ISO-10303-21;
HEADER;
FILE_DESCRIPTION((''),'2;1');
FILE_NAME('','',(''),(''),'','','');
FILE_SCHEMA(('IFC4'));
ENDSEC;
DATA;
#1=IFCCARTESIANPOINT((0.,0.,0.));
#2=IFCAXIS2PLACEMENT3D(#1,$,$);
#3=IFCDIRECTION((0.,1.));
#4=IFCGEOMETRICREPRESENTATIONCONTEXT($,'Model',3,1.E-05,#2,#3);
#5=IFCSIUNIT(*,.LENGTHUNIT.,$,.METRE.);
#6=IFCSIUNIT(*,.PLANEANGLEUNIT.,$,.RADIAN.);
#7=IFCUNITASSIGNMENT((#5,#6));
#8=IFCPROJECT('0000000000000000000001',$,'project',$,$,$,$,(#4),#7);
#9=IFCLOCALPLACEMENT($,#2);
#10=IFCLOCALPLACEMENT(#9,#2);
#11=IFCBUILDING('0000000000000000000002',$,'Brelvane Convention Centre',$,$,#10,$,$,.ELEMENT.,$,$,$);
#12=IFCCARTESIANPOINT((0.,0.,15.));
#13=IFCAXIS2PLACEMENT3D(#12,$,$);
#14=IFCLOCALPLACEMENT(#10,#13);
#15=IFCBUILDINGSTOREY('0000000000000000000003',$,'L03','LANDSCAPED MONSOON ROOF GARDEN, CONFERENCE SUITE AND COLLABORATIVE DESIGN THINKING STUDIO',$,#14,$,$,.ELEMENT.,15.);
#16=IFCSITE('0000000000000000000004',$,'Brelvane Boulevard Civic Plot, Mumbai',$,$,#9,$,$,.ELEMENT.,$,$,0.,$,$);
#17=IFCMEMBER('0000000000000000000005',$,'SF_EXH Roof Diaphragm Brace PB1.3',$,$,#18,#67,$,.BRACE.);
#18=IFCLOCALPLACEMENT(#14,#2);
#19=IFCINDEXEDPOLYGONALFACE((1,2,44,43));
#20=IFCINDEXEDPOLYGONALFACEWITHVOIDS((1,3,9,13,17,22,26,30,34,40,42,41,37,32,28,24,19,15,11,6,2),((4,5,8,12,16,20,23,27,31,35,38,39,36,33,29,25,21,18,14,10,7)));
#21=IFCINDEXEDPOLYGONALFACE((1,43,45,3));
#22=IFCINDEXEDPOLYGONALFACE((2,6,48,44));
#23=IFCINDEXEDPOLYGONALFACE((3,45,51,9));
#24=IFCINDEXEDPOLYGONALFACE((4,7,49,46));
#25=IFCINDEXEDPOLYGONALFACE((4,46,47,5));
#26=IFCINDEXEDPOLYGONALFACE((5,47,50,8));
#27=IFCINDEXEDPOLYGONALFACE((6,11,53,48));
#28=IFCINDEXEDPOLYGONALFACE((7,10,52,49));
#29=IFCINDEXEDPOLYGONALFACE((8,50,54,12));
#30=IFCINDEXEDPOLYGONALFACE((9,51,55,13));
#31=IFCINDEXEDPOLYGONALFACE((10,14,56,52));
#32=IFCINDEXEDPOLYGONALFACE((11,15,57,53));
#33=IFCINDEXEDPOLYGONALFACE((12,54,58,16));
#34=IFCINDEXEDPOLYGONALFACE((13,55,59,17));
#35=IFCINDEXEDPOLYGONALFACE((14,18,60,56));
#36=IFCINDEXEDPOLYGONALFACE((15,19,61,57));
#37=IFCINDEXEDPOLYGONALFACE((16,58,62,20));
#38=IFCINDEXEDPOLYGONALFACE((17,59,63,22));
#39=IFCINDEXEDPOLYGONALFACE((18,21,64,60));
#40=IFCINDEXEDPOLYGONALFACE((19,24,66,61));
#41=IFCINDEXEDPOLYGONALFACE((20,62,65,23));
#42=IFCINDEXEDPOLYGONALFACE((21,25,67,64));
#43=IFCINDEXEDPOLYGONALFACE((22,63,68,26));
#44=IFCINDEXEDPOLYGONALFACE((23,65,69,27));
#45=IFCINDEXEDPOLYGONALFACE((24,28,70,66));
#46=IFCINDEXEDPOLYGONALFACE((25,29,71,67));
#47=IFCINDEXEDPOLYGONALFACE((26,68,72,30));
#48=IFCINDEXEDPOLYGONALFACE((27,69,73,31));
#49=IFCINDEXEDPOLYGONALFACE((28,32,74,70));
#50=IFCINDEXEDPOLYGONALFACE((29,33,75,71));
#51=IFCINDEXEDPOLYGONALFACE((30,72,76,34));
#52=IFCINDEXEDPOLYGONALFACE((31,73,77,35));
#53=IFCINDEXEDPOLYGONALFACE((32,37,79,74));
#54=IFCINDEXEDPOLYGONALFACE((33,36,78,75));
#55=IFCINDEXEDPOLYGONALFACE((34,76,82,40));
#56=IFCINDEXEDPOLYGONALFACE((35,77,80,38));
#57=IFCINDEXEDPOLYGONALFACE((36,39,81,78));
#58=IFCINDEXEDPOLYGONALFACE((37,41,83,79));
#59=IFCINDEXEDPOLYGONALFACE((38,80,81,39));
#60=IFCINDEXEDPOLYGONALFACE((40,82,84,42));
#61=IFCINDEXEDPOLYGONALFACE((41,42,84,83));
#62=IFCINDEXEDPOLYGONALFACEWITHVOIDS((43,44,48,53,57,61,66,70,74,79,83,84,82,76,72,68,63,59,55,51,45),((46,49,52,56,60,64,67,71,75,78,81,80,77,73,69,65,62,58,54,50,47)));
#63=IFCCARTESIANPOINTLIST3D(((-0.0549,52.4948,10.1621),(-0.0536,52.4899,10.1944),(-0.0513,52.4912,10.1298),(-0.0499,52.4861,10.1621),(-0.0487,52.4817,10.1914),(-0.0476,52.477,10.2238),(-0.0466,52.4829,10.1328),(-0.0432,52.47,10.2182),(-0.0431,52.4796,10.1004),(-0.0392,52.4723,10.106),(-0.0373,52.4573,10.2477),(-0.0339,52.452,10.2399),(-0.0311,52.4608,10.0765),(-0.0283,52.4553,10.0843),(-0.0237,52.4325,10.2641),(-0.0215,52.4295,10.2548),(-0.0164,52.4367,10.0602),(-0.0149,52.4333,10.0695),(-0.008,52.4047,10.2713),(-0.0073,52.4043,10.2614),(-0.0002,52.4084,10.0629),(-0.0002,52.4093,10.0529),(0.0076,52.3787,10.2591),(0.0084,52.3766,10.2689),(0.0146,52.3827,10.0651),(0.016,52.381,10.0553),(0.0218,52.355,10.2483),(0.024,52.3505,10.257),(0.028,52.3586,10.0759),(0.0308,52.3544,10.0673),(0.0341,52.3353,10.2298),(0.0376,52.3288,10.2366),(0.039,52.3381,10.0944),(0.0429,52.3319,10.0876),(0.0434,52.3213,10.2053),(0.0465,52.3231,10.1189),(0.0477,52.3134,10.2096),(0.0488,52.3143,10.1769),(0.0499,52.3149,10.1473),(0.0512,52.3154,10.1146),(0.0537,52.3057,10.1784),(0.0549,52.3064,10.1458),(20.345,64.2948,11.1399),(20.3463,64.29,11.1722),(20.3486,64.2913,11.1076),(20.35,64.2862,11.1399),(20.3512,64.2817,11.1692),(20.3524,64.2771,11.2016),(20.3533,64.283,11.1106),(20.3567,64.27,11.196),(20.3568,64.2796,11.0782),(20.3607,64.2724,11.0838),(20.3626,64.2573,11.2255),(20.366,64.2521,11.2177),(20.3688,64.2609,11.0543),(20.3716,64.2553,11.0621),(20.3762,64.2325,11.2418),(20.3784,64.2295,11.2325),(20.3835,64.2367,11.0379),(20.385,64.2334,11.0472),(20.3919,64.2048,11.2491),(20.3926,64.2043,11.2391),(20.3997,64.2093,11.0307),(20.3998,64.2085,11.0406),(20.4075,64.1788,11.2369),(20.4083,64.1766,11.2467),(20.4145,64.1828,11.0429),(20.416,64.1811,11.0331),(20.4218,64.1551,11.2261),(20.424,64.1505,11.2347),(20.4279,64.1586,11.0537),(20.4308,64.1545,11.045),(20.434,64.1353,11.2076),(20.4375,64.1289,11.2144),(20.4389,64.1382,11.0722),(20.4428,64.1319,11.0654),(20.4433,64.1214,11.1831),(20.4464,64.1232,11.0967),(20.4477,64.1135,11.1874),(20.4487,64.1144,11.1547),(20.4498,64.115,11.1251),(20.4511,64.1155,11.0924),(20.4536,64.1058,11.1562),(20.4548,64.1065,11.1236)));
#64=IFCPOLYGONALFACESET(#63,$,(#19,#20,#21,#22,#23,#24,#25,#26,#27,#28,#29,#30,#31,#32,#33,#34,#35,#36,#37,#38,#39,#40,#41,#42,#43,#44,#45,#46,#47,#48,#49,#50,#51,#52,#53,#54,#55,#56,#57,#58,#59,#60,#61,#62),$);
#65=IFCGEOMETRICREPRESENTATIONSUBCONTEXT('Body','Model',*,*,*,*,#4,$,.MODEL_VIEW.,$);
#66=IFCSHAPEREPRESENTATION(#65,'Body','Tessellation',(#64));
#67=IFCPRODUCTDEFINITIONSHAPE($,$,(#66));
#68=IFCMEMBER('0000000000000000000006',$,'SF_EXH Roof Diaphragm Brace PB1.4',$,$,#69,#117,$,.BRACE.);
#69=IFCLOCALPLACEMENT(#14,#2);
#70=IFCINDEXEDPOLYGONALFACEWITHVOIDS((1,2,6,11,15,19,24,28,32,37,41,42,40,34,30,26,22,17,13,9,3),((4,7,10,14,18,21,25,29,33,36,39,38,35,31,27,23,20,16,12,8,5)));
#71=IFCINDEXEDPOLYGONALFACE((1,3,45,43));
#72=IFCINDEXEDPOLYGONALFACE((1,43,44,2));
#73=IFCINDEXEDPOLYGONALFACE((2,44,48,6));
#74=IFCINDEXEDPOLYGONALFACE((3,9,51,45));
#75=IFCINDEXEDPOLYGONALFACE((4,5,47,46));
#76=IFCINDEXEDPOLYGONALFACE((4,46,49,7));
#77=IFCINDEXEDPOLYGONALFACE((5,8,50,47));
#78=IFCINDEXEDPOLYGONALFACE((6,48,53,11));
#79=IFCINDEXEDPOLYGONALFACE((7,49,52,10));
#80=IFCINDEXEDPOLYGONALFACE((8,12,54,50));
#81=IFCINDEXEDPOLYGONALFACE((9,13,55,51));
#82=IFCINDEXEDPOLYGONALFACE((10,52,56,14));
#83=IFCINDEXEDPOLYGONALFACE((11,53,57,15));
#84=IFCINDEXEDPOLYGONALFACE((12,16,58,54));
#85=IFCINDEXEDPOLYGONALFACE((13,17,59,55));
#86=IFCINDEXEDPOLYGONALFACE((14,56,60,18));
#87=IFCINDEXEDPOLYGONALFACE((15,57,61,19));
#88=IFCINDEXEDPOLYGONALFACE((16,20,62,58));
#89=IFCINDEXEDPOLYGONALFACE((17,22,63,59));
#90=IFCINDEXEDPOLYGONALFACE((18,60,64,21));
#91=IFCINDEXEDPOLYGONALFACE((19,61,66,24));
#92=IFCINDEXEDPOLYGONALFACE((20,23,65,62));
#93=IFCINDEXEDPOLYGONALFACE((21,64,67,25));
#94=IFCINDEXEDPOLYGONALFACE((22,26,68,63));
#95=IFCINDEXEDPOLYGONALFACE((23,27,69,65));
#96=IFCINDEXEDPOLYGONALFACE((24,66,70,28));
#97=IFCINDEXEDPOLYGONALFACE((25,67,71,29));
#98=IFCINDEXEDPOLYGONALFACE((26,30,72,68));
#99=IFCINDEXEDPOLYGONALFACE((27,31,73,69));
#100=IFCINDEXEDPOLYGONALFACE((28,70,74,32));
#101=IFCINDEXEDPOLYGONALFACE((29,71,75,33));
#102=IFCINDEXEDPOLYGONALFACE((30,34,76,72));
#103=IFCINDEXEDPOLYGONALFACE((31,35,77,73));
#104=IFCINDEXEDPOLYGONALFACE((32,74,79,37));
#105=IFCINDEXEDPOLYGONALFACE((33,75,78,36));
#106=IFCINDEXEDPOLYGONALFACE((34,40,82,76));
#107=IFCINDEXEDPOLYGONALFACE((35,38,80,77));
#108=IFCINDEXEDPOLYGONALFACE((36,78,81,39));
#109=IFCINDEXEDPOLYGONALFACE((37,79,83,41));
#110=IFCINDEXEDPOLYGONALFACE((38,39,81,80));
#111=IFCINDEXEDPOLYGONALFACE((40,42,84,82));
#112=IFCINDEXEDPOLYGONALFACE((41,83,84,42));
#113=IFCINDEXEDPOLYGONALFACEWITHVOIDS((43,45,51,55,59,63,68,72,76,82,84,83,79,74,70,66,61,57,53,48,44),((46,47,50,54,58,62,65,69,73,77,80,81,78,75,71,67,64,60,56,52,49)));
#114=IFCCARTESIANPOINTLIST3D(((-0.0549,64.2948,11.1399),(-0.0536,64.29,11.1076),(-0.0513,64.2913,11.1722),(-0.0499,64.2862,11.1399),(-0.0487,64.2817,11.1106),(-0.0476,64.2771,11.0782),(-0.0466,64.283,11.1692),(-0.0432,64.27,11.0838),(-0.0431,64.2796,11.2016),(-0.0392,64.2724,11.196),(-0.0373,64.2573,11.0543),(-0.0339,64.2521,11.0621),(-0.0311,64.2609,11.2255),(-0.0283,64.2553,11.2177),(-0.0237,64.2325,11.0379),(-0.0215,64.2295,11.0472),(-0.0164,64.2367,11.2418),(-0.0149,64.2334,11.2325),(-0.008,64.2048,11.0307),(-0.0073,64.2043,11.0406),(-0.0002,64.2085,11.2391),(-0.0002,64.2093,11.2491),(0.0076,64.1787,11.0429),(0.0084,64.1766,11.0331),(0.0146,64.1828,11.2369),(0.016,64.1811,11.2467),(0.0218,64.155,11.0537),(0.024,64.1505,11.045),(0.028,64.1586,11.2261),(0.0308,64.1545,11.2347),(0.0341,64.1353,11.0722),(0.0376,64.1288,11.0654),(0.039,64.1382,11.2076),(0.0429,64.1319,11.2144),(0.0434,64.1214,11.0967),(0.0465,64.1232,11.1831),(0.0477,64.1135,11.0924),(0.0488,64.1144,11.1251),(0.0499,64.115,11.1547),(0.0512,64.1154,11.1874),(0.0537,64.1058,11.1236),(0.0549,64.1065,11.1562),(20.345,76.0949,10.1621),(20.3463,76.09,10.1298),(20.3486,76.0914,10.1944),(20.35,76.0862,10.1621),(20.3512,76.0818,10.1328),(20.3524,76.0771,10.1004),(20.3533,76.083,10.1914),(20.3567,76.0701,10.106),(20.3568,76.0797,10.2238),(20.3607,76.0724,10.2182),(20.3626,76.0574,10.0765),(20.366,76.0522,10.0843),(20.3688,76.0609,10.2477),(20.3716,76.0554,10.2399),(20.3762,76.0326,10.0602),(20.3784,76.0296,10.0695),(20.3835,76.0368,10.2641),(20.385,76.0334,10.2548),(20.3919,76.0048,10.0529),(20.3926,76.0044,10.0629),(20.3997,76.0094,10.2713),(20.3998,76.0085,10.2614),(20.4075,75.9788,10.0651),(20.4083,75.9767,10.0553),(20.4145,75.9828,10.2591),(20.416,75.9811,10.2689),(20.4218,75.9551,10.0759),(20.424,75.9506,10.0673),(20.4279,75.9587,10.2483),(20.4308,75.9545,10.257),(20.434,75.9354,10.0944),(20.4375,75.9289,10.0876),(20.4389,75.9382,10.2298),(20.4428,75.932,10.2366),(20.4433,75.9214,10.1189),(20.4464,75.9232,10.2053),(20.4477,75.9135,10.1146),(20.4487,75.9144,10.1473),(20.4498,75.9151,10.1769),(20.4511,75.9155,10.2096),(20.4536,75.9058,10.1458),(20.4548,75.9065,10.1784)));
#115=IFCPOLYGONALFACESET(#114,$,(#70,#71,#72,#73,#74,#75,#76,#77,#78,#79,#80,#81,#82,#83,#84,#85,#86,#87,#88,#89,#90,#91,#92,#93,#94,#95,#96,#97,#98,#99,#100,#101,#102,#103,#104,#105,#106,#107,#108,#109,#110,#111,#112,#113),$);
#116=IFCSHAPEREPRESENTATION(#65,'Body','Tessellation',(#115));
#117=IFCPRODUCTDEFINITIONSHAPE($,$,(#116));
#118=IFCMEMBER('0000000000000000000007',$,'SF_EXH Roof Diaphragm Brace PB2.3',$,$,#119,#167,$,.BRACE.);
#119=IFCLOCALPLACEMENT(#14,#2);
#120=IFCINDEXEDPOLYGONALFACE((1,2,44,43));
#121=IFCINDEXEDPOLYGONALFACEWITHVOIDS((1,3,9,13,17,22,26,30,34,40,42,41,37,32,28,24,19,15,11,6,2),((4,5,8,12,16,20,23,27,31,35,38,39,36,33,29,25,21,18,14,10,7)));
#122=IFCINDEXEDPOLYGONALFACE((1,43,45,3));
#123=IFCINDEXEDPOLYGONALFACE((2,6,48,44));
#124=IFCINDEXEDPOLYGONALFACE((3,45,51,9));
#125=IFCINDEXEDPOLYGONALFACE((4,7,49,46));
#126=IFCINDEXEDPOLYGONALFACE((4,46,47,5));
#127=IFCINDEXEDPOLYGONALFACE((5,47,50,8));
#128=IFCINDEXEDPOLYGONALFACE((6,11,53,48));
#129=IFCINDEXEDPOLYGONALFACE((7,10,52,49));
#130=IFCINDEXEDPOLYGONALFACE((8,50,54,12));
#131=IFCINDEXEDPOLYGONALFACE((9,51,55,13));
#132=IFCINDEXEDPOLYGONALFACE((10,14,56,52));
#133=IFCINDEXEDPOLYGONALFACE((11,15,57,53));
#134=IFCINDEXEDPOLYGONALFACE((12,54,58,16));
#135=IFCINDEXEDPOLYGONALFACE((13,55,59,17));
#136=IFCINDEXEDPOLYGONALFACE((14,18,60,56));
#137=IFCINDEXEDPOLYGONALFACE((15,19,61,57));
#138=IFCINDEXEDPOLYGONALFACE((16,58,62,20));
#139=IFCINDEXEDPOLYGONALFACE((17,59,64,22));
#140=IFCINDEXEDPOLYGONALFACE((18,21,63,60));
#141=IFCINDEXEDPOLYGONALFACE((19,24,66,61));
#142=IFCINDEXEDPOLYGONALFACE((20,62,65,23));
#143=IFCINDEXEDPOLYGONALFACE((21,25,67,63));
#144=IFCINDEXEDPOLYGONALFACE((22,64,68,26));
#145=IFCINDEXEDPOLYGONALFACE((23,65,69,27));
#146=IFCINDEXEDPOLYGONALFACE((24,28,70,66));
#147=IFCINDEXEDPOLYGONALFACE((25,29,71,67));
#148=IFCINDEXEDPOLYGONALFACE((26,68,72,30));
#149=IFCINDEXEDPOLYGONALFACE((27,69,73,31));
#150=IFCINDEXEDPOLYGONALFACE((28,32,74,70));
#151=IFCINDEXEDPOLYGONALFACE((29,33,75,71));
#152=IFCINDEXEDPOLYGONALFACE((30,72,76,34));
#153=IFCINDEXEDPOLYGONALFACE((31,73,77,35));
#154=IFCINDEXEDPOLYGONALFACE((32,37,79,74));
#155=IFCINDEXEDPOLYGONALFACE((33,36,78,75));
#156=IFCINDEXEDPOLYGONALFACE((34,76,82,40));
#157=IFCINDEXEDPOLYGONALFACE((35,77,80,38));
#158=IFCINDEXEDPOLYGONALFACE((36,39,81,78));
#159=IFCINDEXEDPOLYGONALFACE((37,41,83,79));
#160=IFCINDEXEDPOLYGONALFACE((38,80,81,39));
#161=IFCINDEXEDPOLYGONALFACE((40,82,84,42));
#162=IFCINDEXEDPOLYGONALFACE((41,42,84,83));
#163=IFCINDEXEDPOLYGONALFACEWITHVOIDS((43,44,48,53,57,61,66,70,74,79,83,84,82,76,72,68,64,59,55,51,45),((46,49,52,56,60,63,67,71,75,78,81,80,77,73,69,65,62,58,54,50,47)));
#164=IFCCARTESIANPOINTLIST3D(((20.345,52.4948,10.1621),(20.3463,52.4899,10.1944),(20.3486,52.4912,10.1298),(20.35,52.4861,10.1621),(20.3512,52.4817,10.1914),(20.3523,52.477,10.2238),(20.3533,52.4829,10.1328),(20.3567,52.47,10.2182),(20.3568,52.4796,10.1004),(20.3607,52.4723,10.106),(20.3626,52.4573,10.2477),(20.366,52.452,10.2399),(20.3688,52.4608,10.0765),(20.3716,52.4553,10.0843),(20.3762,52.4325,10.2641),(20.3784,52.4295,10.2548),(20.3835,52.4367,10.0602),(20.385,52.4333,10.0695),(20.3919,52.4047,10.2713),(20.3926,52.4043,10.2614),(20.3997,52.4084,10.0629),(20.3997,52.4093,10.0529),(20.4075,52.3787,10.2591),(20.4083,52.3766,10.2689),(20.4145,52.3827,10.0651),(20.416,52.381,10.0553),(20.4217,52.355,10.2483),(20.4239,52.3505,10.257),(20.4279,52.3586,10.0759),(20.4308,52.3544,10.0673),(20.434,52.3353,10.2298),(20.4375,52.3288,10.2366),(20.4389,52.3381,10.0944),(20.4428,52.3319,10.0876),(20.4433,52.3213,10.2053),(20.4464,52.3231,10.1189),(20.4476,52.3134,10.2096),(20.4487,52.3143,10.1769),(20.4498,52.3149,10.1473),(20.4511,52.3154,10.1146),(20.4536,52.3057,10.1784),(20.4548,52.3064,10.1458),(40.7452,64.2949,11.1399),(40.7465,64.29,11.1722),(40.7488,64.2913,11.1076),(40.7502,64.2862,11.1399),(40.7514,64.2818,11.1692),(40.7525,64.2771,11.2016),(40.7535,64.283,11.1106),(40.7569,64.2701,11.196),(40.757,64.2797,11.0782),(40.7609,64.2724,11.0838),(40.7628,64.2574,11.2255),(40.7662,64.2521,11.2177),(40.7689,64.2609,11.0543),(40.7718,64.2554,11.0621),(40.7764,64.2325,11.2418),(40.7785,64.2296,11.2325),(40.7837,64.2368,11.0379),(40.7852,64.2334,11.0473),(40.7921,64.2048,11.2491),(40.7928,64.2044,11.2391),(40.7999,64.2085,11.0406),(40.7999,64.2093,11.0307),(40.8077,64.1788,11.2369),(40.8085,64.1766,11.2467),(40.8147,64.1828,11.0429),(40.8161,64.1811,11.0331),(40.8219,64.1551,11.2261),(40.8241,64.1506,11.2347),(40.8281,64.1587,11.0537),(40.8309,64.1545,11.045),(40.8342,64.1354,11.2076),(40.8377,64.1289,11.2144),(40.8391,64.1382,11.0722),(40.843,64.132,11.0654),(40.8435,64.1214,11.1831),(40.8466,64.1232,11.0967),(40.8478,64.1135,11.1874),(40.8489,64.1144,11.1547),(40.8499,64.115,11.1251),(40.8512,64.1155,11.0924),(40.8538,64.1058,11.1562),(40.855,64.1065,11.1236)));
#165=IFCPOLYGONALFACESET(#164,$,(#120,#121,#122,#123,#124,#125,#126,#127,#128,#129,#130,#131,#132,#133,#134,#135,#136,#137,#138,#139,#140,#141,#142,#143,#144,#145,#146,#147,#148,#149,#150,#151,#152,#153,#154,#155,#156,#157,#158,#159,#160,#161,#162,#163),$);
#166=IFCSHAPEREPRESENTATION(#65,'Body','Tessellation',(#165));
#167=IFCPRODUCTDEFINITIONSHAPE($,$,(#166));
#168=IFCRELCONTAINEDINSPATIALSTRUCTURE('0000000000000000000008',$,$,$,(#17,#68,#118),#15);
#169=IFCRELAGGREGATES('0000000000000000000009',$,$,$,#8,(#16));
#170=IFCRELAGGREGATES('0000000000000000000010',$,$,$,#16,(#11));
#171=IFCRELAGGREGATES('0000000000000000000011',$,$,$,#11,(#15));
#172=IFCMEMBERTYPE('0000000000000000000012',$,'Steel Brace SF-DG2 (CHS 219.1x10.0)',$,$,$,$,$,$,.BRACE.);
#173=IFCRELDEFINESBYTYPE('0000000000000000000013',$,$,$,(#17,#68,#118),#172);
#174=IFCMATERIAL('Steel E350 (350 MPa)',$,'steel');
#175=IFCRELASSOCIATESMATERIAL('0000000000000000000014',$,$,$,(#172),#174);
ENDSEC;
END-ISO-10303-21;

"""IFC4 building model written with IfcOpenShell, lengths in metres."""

from ifc_helpers import new_model, si_unit, direction, frame, origin, origin_2d, place, context, subcontext, project, spatial, hollow_circle, extrude, material, material_profile, profile_set, type_object, element, save


model = new_model("IFC4")

# Units and contexts
model_context = context("Model", 3, precision=1e-05, world=origin(), true_north=direction((0.0, 1.0)))
body_context = subcontext(model_context, "Body", "Model", "MODEL_VIEW")
ifc_project = project(units=[si_unit("LENGTHUNIT", "METRE"), si_unit("PLANEANGLEUNIT", "RADIAN")], contexts=[model_context])

# Site, building, storey
site_placement = place(None, origin())
site = spatial("IfcSite", under=ifc_project, at=site_placement, Name="Brelvane Boulevard Civic Plot, Mumbai", CompositionType="ELEMENT", RefElevation=0.0)
building_placement = place(site_placement, origin())
building = spatial("IfcBuilding", under=site, at=building_placement, Name="Brelvane Convention Centre", CompositionType="ELEMENT")
storey_placement = place(building_placement, frame((0.0, 0.0, 15.0)))
storey = spatial("IfcBuildingStorey", under=building, at=storey_placement, Name="L03", Description="LANDSCAPED MONSOON ROOF GARDEN, CONFERENCE SUITE AND COLLABORATIVE DESIGN THINKING STUDIO", CompositionType="ELEMENT", Elevation=15.0)

# Members
ifc_material_1 = material(Name="Steel E350 (350 MPa)", Category="steel")
ifc_material_profile_1 = material_profile(ifc_material_1, hollow_circle(Radius=0.1096, WallThickness=0.01, at=origin_2d()), Name="CHS 219.1x10.0")
ifc_profile_set_1 = profile_set([ifc_material_profile_1], Name="Steel E350 (350 MPa)")
member_type_1 = type_object("IfcMemberType", Name="Steel Brace SF-DG2 (CHS 219.1x10.0)", PredefinedType="BRACE", material=ifc_profile_set_1)
for number, where, z_axis, x_axis, name in (
    (1, (0.0, 52.3999, 10.1621), (0.864874, 0.500275, 0.041454), (-0.500705, 0.865618, 0.0), "SF_EXH Roof Diaphragm Brace PB1.3"),
    (2, (0.0, 64.2, 11.1399), (0.864874, 0.500275, -0.041454), (-0.500705, 0.865618, 0.0), "SF_EXH Roof Diaphragm Brace PB1.4"),
):
    element("IfcMember", number, at=place(storey_placement, frame(where, z_axis=z_axis, x_axis=x_axis)), inside=storey, type_object=member_type_1, Name=name, PredefinedType="BRACE", context=body_context, shape_type="SweptSolid", body=[
        extrude(hollow_circle(Radius=0.1096, WallThickness=0.01, at=origin_2d()), origin(), (0.0, 0.0, 1.0), 23.5872),
    ])
member_1_placement = place(storey_placement, frame((20.3999, 52.3999, 10.1621), z_axis=(0.864876, 0.50027, 0.041454), x_axis=(-0.500701, 0.865621, 0.0)))
element("IfcMember", 3, at=member_1_placement, inside=storey, type_object=member_type_1, Name="SF_EXH Roof Diaphragm Brace PB2.3", PredefinedType="BRACE", context=body_context, shape_type="SweptSolid", body=[
    extrude(hollow_circle(Radius=0.1096, WallThickness=0.01, at=origin_2d()), origin(), (0.0, 0.0, 1.0), 23.5874),
])

save(model, "model.ifc")
